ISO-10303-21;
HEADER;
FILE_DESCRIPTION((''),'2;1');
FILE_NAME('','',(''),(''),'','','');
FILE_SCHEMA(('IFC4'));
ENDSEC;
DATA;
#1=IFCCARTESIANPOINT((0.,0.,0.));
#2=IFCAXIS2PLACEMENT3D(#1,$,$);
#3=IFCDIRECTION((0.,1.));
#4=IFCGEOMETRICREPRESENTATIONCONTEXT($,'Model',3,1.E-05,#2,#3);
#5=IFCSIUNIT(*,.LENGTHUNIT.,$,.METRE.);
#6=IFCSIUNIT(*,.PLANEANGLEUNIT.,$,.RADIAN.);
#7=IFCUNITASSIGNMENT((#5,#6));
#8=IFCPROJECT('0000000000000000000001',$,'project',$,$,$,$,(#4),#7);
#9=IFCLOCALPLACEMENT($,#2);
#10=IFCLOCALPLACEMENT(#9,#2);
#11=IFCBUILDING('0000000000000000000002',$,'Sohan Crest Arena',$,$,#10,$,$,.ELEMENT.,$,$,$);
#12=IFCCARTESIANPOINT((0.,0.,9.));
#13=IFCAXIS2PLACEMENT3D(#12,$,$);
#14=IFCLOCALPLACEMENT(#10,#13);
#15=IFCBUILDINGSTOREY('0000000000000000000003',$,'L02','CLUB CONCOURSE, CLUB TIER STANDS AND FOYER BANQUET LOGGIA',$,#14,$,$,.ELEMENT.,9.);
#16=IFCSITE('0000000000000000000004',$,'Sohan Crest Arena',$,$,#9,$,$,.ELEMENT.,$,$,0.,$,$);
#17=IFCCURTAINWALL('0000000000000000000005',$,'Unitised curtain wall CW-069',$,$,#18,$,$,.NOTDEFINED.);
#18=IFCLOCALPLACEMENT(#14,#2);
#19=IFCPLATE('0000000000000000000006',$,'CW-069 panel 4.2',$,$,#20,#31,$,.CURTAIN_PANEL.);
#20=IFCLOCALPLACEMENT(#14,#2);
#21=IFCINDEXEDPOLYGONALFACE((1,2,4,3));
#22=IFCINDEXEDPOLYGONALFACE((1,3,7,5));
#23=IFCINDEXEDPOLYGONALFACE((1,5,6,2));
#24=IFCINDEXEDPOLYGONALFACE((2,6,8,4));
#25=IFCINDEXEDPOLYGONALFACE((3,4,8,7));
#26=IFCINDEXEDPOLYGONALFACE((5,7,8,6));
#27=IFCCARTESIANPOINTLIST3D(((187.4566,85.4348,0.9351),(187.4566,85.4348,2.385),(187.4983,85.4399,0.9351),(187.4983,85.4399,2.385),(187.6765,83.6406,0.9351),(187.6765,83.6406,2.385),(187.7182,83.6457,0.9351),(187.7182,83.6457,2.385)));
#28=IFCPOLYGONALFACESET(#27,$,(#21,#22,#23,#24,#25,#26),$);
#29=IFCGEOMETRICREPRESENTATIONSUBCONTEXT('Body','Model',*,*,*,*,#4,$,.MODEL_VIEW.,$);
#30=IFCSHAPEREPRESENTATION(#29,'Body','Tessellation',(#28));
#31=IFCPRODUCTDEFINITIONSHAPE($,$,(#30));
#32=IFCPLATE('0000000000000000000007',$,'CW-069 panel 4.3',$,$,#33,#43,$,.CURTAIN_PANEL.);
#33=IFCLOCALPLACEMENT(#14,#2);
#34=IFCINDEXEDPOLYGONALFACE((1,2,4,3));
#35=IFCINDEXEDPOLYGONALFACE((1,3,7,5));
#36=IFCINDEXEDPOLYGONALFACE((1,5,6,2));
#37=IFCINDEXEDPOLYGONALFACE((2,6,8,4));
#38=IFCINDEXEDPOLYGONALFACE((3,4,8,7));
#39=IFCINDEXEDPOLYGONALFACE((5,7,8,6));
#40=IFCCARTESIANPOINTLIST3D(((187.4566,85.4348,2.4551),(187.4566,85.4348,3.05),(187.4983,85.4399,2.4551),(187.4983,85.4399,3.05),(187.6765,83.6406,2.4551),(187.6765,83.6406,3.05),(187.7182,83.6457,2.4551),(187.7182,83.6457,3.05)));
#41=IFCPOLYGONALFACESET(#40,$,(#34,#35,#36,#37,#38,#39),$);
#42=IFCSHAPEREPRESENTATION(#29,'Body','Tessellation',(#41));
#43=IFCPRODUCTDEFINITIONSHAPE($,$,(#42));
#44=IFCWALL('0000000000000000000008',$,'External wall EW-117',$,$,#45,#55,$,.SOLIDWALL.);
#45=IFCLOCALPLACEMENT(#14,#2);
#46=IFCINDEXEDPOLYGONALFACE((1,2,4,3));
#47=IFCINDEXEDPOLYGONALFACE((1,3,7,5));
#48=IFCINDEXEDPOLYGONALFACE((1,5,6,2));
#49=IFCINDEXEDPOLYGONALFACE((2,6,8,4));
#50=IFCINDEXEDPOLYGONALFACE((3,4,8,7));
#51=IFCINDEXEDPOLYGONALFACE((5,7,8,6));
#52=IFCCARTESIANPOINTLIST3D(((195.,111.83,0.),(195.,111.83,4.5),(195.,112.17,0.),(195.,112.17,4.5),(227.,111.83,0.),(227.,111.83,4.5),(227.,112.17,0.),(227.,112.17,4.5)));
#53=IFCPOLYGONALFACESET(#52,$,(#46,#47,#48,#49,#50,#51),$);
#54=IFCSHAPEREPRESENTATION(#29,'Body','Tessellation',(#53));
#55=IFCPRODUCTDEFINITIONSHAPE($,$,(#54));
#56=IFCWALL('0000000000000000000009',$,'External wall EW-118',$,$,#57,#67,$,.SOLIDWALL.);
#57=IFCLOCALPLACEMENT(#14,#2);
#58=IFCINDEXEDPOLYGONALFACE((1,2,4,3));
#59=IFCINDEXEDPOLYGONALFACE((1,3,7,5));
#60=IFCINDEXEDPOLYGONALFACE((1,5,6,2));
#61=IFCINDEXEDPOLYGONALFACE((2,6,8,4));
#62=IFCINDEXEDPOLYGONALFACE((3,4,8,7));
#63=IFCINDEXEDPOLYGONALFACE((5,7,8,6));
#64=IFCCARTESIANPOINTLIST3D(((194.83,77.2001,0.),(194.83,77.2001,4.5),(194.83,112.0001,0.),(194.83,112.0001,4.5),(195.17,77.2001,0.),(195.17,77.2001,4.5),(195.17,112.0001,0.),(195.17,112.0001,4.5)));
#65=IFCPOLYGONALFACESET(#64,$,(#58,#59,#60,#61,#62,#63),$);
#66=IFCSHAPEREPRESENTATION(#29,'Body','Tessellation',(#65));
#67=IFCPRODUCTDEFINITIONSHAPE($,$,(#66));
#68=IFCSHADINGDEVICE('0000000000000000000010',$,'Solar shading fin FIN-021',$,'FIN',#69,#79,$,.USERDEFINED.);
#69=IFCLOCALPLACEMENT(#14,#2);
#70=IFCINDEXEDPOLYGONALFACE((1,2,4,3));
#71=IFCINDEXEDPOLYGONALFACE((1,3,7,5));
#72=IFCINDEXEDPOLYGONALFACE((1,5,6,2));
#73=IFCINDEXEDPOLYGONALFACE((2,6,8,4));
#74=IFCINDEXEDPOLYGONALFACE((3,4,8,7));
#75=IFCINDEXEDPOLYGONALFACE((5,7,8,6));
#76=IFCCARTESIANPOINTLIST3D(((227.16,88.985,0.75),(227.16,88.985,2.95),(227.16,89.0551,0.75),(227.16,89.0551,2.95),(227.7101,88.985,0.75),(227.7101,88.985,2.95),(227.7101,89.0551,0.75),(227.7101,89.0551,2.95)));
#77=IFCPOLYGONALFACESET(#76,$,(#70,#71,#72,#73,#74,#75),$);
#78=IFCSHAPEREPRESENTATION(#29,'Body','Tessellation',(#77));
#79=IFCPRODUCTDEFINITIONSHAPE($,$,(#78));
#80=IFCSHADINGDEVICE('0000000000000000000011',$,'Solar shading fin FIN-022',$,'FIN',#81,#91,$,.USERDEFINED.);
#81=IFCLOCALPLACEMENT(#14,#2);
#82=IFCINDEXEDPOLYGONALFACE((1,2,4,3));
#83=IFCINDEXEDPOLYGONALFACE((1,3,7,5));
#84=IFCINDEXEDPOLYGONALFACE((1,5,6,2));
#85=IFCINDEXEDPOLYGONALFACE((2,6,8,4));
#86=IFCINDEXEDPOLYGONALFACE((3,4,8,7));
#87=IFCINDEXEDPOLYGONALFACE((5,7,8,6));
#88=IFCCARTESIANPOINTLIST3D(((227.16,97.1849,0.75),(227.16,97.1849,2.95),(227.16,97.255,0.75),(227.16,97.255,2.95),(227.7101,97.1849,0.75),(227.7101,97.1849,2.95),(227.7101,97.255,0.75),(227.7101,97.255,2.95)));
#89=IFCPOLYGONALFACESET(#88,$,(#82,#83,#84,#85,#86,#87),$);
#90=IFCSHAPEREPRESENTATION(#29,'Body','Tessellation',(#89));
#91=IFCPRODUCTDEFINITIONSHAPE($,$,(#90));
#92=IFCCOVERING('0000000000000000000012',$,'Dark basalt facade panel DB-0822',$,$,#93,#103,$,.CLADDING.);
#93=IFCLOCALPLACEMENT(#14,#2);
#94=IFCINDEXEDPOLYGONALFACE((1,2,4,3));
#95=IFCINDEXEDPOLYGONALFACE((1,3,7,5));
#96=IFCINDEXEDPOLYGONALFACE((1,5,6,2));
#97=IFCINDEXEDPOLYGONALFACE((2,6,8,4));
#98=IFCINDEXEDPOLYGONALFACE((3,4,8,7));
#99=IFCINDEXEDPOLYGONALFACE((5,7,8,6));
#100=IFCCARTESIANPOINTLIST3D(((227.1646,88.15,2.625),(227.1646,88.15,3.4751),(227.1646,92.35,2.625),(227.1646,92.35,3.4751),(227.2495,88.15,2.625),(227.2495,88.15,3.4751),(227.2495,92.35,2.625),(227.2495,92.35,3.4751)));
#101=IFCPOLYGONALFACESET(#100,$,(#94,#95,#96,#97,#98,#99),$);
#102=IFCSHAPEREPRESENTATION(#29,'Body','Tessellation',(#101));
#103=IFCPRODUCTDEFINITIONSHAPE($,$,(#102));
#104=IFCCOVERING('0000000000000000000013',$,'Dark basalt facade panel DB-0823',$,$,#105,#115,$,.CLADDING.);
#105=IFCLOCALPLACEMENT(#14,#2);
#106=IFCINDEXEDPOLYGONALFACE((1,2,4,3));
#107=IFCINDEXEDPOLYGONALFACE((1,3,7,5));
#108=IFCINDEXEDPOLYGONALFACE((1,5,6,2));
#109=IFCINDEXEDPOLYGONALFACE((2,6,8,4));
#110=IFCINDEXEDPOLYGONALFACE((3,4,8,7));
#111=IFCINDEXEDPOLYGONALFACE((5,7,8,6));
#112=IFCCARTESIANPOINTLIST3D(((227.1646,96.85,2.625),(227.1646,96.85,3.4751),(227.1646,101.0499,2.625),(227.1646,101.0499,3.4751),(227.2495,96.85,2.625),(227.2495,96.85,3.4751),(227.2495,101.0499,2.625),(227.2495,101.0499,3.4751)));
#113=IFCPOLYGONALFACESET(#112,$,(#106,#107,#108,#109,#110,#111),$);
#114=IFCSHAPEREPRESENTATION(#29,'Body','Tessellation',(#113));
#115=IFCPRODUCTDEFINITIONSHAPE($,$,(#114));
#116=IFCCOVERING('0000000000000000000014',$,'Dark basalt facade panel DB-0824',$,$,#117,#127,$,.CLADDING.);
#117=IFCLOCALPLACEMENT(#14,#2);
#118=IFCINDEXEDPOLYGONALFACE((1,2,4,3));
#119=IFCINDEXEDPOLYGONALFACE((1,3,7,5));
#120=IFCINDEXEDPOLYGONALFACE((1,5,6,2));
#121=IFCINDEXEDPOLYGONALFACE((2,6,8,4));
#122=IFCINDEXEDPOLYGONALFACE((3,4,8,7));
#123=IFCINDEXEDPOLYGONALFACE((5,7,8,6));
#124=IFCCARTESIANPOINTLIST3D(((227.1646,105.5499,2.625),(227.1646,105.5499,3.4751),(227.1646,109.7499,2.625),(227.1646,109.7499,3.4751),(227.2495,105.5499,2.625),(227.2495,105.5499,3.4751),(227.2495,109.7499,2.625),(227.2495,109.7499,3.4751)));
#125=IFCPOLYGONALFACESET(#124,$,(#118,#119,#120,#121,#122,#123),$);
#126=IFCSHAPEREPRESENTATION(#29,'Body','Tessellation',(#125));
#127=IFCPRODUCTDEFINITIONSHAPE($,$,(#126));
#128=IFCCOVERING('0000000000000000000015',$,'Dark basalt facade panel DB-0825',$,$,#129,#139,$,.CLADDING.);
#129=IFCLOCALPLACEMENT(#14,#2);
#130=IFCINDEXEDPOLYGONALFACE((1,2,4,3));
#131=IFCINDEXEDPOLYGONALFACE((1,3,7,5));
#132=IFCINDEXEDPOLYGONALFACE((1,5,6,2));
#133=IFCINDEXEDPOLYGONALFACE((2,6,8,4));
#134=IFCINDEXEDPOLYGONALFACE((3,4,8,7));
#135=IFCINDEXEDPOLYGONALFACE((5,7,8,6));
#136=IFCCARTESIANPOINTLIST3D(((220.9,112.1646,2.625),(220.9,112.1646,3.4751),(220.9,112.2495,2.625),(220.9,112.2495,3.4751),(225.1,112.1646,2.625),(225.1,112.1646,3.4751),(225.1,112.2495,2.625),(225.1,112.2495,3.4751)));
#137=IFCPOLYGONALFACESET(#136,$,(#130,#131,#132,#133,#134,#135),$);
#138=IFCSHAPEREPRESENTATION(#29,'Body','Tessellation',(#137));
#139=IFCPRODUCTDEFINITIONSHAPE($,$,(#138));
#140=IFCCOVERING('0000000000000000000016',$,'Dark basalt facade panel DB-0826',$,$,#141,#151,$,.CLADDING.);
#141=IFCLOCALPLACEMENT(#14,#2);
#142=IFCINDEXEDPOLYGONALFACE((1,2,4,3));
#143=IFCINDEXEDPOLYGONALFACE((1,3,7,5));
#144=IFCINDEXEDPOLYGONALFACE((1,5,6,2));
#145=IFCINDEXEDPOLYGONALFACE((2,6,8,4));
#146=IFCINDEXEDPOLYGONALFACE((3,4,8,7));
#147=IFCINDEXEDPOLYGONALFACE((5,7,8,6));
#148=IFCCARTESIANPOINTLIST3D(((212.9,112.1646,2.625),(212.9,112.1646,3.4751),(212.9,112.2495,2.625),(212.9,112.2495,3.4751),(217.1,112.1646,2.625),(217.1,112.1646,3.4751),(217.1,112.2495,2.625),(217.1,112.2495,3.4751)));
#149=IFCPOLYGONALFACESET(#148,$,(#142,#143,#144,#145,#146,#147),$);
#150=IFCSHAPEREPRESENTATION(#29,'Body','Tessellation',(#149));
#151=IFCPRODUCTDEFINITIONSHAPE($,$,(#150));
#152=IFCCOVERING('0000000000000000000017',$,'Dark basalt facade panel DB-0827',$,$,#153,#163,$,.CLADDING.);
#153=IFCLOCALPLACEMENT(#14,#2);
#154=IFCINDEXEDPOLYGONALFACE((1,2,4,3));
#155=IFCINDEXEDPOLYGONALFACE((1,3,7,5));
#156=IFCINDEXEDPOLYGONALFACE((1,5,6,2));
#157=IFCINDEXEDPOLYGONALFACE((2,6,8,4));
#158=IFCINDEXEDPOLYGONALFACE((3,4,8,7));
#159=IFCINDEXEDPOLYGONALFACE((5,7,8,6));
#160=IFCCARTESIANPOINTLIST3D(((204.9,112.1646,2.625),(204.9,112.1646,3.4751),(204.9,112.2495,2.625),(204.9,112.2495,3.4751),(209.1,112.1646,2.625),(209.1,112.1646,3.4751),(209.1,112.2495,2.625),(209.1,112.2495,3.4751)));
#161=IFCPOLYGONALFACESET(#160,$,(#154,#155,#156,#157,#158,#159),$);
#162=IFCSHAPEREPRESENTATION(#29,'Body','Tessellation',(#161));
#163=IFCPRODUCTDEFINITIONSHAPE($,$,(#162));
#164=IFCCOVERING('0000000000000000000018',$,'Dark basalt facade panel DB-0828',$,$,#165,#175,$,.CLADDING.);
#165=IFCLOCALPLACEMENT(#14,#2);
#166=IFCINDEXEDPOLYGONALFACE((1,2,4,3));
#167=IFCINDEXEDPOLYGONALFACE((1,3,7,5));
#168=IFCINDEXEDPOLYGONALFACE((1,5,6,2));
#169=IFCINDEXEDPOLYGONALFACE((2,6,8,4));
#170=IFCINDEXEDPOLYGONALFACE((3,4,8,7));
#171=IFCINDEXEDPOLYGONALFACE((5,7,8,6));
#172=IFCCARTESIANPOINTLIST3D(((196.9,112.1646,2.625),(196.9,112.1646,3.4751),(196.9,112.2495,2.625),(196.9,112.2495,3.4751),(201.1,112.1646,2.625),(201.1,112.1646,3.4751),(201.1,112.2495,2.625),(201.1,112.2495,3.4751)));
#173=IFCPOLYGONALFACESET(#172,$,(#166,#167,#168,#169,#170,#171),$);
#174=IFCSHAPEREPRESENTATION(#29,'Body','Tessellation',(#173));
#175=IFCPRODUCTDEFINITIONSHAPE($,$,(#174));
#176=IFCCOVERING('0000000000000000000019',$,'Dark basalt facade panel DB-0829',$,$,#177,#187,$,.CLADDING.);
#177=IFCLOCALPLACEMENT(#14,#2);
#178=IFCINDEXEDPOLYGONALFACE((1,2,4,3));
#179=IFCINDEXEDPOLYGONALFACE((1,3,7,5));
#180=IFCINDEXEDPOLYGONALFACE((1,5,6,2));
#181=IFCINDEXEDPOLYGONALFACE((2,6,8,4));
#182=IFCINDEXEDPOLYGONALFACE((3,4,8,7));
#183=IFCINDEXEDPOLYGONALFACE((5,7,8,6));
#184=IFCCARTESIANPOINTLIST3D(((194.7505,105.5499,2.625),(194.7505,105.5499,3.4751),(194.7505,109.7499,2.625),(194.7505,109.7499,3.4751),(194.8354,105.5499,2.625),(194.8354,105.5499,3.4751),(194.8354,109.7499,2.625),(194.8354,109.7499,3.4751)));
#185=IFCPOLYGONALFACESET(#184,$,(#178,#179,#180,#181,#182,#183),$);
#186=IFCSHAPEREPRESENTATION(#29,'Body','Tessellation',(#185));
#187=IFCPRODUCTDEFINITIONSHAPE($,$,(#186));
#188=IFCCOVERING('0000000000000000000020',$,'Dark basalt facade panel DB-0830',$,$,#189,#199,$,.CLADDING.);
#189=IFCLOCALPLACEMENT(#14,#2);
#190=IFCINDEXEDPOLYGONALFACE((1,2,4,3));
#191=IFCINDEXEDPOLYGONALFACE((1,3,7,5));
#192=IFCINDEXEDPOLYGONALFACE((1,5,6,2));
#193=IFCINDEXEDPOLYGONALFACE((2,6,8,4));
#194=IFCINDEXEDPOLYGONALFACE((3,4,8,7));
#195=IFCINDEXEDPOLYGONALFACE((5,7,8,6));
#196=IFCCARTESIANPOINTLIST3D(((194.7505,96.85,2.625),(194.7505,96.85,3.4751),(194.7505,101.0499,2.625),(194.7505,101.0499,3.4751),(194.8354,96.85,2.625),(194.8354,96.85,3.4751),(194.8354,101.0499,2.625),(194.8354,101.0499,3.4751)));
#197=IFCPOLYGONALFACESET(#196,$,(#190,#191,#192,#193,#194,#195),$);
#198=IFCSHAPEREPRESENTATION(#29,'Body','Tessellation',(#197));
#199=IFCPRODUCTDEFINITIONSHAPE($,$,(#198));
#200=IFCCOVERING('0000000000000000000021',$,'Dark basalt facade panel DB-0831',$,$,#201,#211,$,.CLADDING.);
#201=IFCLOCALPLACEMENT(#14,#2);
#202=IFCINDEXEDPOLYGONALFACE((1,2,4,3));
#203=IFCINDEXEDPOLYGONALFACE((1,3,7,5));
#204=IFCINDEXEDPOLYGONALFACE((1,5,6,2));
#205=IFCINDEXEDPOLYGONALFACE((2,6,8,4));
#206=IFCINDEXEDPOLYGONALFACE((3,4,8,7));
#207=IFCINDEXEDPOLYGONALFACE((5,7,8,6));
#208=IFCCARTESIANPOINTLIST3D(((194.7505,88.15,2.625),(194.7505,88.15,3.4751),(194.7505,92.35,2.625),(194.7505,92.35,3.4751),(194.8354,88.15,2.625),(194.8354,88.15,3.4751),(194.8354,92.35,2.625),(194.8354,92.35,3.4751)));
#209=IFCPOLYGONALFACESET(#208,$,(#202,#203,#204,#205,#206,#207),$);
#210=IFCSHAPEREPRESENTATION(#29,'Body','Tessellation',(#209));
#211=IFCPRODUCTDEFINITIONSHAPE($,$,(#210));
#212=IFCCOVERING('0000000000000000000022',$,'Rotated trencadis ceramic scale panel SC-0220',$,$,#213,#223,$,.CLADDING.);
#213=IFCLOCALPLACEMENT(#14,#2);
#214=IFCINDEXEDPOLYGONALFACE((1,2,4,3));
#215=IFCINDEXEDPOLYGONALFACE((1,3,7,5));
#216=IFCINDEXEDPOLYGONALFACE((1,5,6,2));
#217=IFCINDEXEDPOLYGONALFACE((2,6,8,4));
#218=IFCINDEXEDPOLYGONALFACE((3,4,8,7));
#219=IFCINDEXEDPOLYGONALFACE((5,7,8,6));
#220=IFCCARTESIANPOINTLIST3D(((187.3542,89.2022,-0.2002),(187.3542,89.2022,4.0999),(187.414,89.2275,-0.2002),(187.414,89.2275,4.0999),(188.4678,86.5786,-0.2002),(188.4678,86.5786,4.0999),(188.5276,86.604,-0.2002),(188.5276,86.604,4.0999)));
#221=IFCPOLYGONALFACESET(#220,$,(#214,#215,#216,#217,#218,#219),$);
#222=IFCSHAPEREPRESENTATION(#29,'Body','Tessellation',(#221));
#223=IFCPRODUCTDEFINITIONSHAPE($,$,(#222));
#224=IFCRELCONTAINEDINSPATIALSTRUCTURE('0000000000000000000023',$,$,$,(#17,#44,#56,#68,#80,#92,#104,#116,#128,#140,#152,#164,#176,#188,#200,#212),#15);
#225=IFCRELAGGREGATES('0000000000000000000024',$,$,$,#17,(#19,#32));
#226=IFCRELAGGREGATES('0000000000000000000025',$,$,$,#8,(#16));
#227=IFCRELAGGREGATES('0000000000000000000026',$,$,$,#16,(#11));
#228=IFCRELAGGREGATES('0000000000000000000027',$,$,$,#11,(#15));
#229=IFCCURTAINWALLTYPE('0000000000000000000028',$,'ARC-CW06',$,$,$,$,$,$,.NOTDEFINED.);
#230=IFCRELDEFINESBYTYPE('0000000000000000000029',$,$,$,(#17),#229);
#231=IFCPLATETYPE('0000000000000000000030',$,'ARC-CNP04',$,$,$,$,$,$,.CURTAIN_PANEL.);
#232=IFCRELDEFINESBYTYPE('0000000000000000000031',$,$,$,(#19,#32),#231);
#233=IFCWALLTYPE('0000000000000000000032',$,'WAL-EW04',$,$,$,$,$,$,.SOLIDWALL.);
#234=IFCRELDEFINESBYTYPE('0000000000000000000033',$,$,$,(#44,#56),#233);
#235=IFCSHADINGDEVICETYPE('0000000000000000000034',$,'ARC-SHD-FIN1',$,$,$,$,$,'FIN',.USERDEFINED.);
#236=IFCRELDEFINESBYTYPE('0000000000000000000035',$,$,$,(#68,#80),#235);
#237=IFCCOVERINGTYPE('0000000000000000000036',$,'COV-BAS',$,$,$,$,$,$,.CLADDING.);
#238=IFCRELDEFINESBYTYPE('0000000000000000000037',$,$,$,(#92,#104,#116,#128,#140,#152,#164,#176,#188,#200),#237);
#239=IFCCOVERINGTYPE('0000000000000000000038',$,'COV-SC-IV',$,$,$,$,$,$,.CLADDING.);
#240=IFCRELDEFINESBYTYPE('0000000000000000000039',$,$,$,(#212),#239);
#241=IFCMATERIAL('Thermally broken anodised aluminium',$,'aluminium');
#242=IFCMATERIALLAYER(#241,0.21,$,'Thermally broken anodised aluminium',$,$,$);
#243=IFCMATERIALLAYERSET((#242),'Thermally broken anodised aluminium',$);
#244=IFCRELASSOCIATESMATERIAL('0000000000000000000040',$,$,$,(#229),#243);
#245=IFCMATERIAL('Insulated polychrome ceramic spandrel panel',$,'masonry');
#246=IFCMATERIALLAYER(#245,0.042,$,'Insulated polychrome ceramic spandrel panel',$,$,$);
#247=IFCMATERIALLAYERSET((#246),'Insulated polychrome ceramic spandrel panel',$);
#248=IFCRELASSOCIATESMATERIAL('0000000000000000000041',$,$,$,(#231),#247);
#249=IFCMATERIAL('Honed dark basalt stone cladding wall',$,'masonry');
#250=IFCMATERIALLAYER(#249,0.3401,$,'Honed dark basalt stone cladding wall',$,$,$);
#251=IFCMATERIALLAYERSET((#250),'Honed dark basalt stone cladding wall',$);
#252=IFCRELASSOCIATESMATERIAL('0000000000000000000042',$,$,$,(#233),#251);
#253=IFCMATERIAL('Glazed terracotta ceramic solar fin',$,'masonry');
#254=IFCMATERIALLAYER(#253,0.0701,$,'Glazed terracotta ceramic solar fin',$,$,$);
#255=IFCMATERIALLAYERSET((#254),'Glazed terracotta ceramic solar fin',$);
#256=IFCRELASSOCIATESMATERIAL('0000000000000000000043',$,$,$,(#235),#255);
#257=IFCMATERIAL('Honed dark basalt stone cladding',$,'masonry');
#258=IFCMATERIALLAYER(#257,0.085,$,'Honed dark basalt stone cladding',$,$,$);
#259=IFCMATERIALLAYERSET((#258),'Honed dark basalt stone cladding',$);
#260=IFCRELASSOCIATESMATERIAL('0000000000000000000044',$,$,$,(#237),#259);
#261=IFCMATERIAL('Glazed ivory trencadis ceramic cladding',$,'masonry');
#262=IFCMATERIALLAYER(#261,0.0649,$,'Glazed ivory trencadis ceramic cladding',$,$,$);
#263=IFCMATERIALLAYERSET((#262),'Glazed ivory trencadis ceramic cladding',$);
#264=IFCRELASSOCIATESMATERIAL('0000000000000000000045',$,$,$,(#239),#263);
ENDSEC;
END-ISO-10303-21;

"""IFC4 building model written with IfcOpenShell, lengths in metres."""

from ifc_helpers import new_model, si_unit, direction, frame, frame_2d, origin, origin_2d, place, context, subcontext, project, spatial, rectangle, extrude, material, layer, layer_set, type_object, element, aggregate, save


model = new_model("IFC4")

# Units and contexts
model_context = context("Model", 3, precision=1e-05, world=origin(), true_north=direction((0.0, 1.0)))
body_context = subcontext(model_context, "Body", "Model", "MODEL_VIEW")
ifc_project = project(units=[si_unit("LENGTHUNIT", "METRE"), si_unit("PLANEANGLEUNIT", "RADIAN")], contexts=[model_context])

# Site, building, storey
site_placement = place(None, origin())
site = spatial("IfcSite", under=ifc_project, at=site_placement, Name="Sohan Crest Arena", CompositionType="ELEMENT", RefElevation=0.0)
building_placement = place(site_placement, origin())
building = spatial("IfcBuilding", under=site, at=building_placement, Name="Sohan Crest Arena", CompositionType="ELEMENT")
storey_placement = place(building_placement, frame((0.0, 0.0, 9.0)))
storey = spatial("IfcBuildingStorey", under=building, at=storey_placement, Name="L02", Description="CLUB CONCOURSE, CLUB TIER STANDS AND FOYER BANQUET LOGGIA", CompositionType="ELEMENT", Elevation=9.0)

# Curtain wall, plates
ifc_material_1 = material(Name="Thermally broken anodised aluminium", Category="aluminium")
ifc_layer_1 = layer(ifc_material_1, 0.21, Name="Thermally broken anodised aluminium")
ifc_layer_set_1 = layer_set([ifc_layer_1], Name="Thermally broken anodised aluminium")
curtain_wall_type = type_object("IfcCurtainWallType", Name="ARC-CW06", PredefinedType="NOTDEFINED", material=ifc_layer_set_1)
curtain_wall_placement = place(storey_placement, origin())
curtain_wall = element("IfcCurtainWall", 1, at=curtain_wall_placement, inside=storey, type_object=curtain_wall_type, Name="Unitised curtain wall CW-069", PredefinedType="NOTDEFINED")
ifc_material_2 = material(Name="Insulated polychrome ceramic spandrel panel", Category="masonry")
ifc_layer_2 = layer(ifc_material_2, 0.042, Name="Insulated polychrome ceramic spandrel panel")
ifc_layer_set_2 = layer_set([ifc_layer_2], Name="Insulated polychrome ceramic spandrel panel")
plate_type = type_object("IfcPlateType", Name="ARC-CNP04", PredefinedType="CURTAIN_PANEL", material=ifc_layer_set_2)
plate_1_placement = place(storey_placement, frame((187.5874, 84.5403, 0.9351), z_axis=(0.0, 0.0, 1.0), x_axis=(-0.121637, 0.992575, 0.0)))
plate_1 = element("IfcPlate", 2, at=plate_1_placement, type_object=plate_type, Name="CW-069 panel 4.2", PredefinedType="CURTAIN_PANEL", context=body_context, shape_type="SweptSolid", body=[
    extrude(rectangle(XDim=1.8076, YDim=0.042, at=origin_2d()), origin(), (0.0, 0.0, 1.0), 1.45),
])
plate_2_placement = place(storey_placement, frame((187.5874, 84.5403, 2.4551), z_axis=(0.0, 0.0, 1.0), x_axis=(-0.121637, 0.992575, 0.0)))
plate_2 = element("IfcPlate", 3, at=plate_2_placement, type_object=plate_type, Name="CW-069 panel 4.3", PredefinedType="CURTAIN_PANEL", context=body_context, shape_type="SweptSolid", body=[
    extrude(rectangle(XDim=1.8076, YDim=0.042, at=origin_2d()), origin(), (0.0, 0.0, 1.0), 0.595),
])
aggregate(curtain_wall, [plate_1, plate_2])

# Walls
ifc_material_3 = material(Name="Honed dark basalt stone cladding wall", Category="masonry")
ifc_layer_3 = layer(ifc_material_3, 0.3401, Name="Honed dark basalt stone cladding wall")
ifc_layer_set_3 = layer_set([ifc_layer_3], Name="Honed dark basalt stone cladding wall")
wall_type = type_object("IfcWallType", Name="WAL-EW04", PredefinedType="SOLIDWALL", material=ifc_layer_set_3)
wall_1_placement = place(storey_placement, frame((227.0, 112.0, 0.0), z_axis=(0.0, 0.0, 1.0), x_axis=(-1.0, 0.0, 0.0)))
element("IfcWall", 4, at=wall_1_placement, inside=storey, type_object=wall_type, Name="External wall EW-117", PredefinedType="SOLIDWALL", context=body_context, shape_type="SweptSolid", body=[
    extrude(rectangle(XDim=32.0, YDim=0.3401, at=frame_2d((16.0, 0.0))), origin(), (0.0, 0.0, 1.0), 4.5),
])
wall_2_placement = place(storey_placement, frame((195.0, 112.0, 0.0), z_axis=(0.0, 0.0, 1.0), x_axis=(0.0, -1.0, 0.0)))
element("IfcWall", 5, at=wall_2_placement, inside=storey, type_object=wall_type, Name="External wall EW-118", PredefinedType="SOLIDWALL", context=body_context, shape_type="SweptSolid", body=[
    extrude(rectangle(XDim=34.8, YDim=0.3401, at=frame_2d((17.3999, 0.0))), origin(), (0.0, 0.0, 1.0), 4.5),
])

# Shading devices
ifc_material_4 = material(Name="Glazed terracotta ceramic solar fin", Category="masonry")
ifc_layer_4 = layer(ifc_material_4, 0.0701, Name="Glazed terracotta ceramic solar fin")
ifc_layer_set_4 = layer_set([ifc_layer_4], Name="Glazed terracotta ceramic solar fin")
shading_device_type = type_object("IfcShadingDeviceType", Name="ARC-SHD-FIN1", ElementType="FIN", PredefinedType="USERDEFINED", material=ifc_layer_set_4)
for number, where, z_axis, x_axis, name in (
    (6, (227.4351, 89.02, 0.75), (0.0, 0.0, 1.0), (0.0, 1.0, 0.0), "Solar shading fin FIN-021"),
    (7, (227.4351, 97.22, 0.75), (0.0, 0.0, 1.0), (0.0, 1.0, 0.0), "Solar shading fin FIN-022"),
):
    element("IfcShadingDevice", number, at=place(storey_placement, frame(where, z_axis=z_axis, x_axis=x_axis)), inside=storey, type_object=shading_device_type, Name=name, ObjectType="FIN", PredefinedType="USERDEFINED", context=body_context, shape_type="SweptSolid", body=[
        extrude(rectangle(XDim=0.0701, YDim=0.55, at=origin_2d()), origin(), (0.0, 0.0, 1.0), 2.2),
    ])

# Coverings
ifc_material_5 = material(Name="Honed dark basalt stone cladding", Category="masonry")
ifc_layer_5 = layer(ifc_material_5, 0.085, Name="Honed dark basalt stone cladding")
ifc_layer_set_5 = layer_set([ifc_layer_5], Name="Honed dark basalt stone cladding")
covering_type_1 = type_object("IfcCoveringType", Name="COV-BAS", PredefinedType="CLADDING", material=ifc_layer_set_5)
for number, where, z_axis, x_axis, name in (
    (8, (227.207, 90.25, 2.625), (0.0, 0.0, 1.0), (0.0, 1.0, 0.0), "Dark basalt facade panel DB-0822"),
    (9, (227.207, 98.95, 2.625), (0.0, 0.0, 1.0), (0.0, 1.0, 0.0), "Dark basalt facade panel DB-0823"),
    (10, (227.207, 107.6499, 2.625), (0.0, 0.0, 1.0), (0.0, 1.0, 0.0), "Dark basalt facade panel DB-0824"),
    (11, (223.0, 112.207, 2.625), (0.0, 0.0, 1.0), (-1.0, 0.0, 0.0), "Dark basalt facade panel DB-0825"),
    (12, (215.0, 112.207, 2.625), (0.0, 0.0, 1.0), (-1.0, 0.0, 0.0), "Dark basalt facade panel DB-0826"),
    (13, (207.0, 112.207, 2.625), (0.0, 0.0, 1.0), (-1.0, 0.0, 0.0), "Dark basalt facade panel DB-0827"),
    (14, (199.0, 112.207, 2.625), (0.0, 0.0, 1.0), (-1.0, 0.0, 0.0), "Dark basalt facade panel DB-0828"),
    (15, (194.793, 107.6499, 2.625), (0.0, 0.0, 1.0), (0.0, -1.0, 0.0), "Dark basalt facade panel DB-0829"),
    (16, (194.793, 98.95, 2.625), (0.0, 0.0, 1.0), (0.0, -1.0, 0.0), "Dark basalt facade panel DB-0830"),
    (17, (194.793, 90.25, 2.625), (0.0, 0.0, 1.0), (0.0, -1.0, 0.0), "Dark basalt facade panel DB-0831"),
):
    element("IfcCovering", number, at=place(storey_placement, frame(where, z_axis=z_axis, x_axis=x_axis)), inside=storey, type_object=covering_type_1, Name=name, PredefinedType="CLADDING", context=body_context, shape_type="SweptSolid", body=[
        extrude(rectangle(XDim=4.2, YDim=0.085, at=origin_2d()), origin(), (0.0, 0.0, 1.0), 0.8501),
    ])
ifc_material_6 = material(Name="Glazed ivory trencadis ceramic cladding", Category="masonry")
ifc_layer_6 = layer(ifc_material_6, 0.0649, Name="Glazed ivory trencadis ceramic cladding")
ifc_layer_set_6 = layer_set([ifc_layer_6], Name="Glazed ivory trencadis ceramic cladding")
covering_type_2 = type_object("IfcCoveringType", Name="COV-SC-IV", PredefinedType="CLADDING", material=ifc_layer_set_6)
covering_1_placement = place(storey_placement, frame((187.9409, 87.9031, -0.2002), z_axis=(0.0, 0.0, 1.0), x_axis=(-0.390731, 0.920505, 0.0)))
element("IfcCovering", 18, at=covering_1_placement, inside=storey, type_object=covering_type_2, Name="Rotated trencadis ceramic scale panel SC-0220", PredefinedType="CLADDING", context=body_context, shape_type="SweptSolid", body=[
    extrude(rectangle(XDim=2.8501, YDim=0.0649, at=origin_2d()), origin(), (0.0, 0.0, 1.0), 4.3),
])

save(model, "model.ifc")
